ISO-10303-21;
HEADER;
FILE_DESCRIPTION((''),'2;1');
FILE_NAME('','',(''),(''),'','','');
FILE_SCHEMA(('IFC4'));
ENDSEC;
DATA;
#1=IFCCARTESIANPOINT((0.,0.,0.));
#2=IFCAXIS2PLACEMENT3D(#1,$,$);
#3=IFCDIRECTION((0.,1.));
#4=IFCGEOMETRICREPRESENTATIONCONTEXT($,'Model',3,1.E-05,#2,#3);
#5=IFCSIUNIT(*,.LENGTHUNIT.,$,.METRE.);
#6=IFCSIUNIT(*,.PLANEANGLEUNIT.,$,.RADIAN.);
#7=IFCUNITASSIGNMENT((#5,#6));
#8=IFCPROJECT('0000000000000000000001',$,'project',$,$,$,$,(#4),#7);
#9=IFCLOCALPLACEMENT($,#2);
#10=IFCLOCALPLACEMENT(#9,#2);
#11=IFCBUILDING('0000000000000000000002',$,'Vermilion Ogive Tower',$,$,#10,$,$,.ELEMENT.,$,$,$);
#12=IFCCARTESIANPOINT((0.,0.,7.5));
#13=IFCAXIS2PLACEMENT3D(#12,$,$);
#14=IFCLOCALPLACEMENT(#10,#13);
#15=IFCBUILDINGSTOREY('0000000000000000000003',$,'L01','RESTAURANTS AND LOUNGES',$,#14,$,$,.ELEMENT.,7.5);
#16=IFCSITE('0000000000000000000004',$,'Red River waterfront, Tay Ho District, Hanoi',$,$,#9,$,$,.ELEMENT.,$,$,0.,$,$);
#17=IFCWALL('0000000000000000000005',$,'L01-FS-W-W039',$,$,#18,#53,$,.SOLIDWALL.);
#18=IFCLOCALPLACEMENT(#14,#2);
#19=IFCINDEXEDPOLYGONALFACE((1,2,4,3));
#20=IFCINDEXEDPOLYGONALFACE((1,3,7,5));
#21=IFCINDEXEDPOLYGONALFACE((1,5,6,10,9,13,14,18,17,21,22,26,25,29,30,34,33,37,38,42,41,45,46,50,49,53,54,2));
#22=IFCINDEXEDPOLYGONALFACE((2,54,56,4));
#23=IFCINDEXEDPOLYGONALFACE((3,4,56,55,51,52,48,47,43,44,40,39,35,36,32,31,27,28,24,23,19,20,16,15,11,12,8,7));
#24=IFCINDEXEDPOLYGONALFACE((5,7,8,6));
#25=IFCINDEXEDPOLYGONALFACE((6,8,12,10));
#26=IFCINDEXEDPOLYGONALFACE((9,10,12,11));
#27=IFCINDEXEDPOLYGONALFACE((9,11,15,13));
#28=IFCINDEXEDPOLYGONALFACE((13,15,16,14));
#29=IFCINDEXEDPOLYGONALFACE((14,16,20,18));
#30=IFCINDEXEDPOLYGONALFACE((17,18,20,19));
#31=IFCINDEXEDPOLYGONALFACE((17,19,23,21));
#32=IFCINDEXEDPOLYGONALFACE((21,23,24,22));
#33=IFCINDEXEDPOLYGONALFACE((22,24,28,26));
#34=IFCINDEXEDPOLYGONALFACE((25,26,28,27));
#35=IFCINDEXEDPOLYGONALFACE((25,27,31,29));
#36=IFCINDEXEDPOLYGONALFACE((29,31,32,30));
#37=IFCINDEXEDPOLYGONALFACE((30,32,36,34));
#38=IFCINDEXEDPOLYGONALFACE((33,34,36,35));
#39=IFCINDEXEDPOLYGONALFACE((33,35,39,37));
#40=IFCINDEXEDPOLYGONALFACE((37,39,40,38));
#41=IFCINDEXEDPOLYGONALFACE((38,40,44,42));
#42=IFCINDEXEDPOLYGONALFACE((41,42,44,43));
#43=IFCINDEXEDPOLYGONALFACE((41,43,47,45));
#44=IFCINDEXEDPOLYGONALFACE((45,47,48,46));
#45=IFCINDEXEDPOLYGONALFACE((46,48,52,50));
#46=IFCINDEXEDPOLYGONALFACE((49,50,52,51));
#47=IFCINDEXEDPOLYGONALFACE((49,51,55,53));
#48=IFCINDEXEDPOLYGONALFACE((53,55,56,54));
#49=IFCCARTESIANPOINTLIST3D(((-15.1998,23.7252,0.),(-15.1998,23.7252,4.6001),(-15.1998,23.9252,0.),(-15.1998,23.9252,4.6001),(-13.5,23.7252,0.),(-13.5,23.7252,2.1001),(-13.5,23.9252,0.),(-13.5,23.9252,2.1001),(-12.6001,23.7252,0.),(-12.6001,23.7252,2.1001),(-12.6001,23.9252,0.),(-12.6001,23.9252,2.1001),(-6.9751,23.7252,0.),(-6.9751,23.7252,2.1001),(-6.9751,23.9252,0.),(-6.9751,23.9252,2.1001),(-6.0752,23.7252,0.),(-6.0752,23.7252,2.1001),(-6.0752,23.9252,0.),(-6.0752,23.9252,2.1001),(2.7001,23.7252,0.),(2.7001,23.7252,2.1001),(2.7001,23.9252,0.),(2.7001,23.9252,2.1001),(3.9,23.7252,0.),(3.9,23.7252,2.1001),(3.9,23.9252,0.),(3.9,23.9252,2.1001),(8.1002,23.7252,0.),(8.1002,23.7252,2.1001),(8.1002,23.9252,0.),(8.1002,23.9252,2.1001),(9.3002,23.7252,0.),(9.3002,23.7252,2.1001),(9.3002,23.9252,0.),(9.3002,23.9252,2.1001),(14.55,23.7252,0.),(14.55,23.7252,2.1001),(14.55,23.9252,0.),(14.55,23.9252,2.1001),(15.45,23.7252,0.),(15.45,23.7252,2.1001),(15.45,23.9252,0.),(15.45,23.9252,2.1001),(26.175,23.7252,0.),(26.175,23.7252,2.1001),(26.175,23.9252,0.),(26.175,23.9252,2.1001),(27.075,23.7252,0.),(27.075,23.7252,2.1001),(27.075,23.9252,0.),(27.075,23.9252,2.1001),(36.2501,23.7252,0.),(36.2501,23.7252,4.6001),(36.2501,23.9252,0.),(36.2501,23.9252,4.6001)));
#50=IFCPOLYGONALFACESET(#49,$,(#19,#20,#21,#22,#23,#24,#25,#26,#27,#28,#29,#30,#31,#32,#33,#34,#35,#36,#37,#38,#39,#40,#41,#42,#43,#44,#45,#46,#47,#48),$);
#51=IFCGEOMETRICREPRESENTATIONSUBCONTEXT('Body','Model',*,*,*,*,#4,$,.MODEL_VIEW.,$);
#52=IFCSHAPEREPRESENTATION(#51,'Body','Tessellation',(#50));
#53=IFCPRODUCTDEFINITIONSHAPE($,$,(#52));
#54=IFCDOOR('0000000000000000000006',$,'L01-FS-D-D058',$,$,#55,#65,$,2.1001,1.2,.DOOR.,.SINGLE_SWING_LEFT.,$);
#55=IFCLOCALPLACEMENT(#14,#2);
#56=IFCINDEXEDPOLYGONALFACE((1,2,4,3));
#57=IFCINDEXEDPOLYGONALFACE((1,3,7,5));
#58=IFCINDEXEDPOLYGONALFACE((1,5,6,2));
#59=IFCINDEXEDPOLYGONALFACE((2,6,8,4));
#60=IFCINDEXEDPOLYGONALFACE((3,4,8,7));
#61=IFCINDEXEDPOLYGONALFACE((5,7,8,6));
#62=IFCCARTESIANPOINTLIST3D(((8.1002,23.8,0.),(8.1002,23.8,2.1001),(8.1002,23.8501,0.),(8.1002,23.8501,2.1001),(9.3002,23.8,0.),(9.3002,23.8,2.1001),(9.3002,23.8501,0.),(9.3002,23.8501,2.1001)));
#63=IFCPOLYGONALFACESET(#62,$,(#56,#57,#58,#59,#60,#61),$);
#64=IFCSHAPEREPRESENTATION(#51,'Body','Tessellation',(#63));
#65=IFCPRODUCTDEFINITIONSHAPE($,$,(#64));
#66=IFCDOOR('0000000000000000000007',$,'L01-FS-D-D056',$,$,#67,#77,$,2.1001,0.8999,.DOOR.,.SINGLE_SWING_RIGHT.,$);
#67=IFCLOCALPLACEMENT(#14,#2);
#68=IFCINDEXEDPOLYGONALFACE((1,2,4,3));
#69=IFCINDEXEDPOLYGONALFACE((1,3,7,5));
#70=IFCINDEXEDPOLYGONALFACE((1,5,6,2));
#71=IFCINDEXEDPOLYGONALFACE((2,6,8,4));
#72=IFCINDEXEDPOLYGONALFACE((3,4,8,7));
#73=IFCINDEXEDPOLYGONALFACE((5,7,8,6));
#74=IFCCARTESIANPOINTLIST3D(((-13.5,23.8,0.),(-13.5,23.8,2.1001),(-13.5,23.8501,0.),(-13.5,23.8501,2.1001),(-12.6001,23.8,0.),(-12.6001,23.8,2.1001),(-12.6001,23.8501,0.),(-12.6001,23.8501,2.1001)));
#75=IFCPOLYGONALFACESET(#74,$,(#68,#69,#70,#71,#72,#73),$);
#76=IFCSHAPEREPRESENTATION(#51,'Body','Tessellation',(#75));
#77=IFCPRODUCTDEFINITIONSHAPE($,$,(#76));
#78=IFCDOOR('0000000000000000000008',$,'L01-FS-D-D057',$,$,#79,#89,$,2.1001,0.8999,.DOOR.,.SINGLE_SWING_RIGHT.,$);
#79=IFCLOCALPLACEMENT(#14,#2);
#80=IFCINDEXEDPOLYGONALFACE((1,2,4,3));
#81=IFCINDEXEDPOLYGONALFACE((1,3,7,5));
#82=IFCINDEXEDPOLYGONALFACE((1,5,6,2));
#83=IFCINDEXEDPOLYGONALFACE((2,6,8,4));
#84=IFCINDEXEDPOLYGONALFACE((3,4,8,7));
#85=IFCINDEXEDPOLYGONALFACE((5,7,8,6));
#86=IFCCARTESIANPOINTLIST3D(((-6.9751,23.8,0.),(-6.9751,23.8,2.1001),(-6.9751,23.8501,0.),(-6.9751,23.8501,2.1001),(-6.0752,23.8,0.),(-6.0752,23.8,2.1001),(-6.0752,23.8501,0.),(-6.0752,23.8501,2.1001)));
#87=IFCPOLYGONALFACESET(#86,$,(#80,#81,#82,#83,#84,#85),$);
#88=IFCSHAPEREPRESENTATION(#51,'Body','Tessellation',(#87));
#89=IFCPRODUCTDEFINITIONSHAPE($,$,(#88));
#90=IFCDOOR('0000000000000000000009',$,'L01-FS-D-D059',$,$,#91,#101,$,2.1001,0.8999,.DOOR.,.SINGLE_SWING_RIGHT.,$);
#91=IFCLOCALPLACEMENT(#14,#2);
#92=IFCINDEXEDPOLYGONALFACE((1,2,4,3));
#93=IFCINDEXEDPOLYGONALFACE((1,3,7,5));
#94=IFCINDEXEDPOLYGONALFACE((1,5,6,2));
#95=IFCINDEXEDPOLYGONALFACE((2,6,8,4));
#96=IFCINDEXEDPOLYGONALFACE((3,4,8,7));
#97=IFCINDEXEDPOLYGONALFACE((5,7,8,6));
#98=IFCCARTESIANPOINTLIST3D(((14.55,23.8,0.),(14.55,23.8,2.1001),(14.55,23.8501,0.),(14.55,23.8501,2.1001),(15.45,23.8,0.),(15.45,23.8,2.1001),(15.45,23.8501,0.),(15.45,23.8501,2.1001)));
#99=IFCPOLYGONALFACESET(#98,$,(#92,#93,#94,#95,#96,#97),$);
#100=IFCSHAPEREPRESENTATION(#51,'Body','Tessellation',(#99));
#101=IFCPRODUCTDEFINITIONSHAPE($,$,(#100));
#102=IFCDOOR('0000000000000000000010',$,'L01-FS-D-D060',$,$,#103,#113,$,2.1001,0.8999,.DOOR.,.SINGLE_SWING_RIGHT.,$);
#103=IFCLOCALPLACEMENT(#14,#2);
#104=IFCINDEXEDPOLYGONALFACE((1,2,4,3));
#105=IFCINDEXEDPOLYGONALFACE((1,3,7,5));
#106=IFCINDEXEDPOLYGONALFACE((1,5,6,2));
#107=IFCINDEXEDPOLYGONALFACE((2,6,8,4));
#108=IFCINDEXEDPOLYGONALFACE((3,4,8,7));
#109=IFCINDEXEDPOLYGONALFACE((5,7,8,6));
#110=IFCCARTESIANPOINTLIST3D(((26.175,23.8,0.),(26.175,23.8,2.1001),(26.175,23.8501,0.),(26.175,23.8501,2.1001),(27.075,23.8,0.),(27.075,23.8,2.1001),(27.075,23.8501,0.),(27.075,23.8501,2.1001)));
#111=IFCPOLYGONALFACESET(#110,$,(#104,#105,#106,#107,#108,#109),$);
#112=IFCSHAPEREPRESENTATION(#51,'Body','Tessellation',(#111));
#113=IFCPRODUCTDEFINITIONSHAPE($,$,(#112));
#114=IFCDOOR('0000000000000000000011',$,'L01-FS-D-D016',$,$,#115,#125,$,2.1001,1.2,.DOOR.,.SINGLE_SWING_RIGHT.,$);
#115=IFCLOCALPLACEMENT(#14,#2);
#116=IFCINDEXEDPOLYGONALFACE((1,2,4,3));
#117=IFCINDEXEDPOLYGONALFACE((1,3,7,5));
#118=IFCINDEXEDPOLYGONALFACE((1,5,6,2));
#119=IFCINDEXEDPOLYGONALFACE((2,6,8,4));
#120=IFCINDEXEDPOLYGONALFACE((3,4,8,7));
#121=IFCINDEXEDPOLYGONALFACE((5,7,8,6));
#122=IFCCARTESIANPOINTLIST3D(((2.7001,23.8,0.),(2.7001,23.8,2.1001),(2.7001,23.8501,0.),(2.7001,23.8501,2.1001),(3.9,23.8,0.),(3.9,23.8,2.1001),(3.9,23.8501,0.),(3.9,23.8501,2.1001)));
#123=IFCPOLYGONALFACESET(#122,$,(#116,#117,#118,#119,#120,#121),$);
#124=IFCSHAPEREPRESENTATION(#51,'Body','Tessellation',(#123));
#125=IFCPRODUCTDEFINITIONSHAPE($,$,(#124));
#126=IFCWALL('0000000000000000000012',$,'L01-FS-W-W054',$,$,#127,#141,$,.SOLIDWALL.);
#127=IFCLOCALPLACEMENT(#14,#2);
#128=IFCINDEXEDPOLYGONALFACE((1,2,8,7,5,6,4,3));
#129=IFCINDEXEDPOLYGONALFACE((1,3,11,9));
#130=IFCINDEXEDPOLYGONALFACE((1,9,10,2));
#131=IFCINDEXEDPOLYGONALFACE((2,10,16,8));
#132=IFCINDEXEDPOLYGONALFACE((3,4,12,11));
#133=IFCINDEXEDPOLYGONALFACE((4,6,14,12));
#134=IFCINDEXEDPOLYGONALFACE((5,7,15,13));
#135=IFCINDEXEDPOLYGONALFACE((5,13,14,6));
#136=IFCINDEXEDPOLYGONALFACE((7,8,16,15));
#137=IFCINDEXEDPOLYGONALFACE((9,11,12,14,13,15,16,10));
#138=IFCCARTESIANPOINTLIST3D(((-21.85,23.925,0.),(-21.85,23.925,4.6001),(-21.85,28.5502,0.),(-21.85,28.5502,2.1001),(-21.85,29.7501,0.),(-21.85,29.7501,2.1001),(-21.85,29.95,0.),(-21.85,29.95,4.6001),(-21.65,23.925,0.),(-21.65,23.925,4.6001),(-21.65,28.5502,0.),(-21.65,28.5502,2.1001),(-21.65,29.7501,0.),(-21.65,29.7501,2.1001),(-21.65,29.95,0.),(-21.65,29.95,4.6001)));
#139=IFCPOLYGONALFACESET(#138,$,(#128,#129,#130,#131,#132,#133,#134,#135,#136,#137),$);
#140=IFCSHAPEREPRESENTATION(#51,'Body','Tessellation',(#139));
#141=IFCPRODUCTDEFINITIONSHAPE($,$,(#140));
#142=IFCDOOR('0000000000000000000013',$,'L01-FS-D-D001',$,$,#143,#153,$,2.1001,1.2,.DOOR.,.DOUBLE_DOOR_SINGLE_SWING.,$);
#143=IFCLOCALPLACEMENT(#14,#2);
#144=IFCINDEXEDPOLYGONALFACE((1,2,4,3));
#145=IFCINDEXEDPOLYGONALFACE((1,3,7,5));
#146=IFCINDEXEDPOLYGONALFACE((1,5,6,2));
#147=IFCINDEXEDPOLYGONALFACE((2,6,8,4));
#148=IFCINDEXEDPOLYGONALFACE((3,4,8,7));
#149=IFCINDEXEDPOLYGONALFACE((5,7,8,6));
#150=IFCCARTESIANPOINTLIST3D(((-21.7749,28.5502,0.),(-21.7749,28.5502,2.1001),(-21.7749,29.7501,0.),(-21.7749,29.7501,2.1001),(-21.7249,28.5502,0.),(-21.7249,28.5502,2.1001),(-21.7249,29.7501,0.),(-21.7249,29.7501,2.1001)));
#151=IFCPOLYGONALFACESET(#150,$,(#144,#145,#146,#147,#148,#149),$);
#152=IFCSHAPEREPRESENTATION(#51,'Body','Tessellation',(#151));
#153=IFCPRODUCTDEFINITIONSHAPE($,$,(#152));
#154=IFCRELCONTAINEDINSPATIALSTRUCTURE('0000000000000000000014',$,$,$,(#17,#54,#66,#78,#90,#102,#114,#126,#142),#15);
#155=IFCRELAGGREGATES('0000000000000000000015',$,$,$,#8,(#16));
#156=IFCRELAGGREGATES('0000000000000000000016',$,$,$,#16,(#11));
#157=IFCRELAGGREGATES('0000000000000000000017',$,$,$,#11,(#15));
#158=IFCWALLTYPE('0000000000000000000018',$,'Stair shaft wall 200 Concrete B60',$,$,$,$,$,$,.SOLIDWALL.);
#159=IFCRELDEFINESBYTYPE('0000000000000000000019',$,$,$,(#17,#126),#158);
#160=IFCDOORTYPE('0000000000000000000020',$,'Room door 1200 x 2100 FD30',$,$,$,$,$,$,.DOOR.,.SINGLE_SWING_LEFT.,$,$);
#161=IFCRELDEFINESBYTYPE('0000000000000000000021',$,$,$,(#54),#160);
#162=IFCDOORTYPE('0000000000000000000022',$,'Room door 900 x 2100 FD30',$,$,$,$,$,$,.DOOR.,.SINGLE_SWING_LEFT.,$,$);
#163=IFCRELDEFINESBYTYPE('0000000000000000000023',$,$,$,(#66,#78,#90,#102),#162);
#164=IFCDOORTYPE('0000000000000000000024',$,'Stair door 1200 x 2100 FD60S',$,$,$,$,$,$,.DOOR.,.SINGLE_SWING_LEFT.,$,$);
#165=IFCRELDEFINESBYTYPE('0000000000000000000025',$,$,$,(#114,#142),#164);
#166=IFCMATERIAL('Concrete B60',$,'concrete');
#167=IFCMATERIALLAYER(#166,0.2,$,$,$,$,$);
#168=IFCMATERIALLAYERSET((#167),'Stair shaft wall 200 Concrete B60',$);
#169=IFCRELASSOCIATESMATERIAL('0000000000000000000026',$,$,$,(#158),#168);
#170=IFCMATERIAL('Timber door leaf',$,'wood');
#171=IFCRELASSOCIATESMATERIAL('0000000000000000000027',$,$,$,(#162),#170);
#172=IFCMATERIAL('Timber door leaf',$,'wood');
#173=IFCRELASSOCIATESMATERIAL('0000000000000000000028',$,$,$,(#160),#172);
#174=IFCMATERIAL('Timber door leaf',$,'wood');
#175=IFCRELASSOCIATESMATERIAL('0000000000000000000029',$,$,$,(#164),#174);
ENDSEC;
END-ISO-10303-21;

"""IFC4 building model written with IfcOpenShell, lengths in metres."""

from ifc_helpers import new_model, si_unit, direction, frame, frame_2d, origin, place, context, subcontext, project, spatial, rectangle, extrude, material, layer, layer_set, type_object, element, fill, save


model = new_model("IFC4")

# Units and contexts
model_context = context("Model", 3, precision=1e-05, world=origin(), true_north=direction((0.0, 1.0)))
body_context = subcontext(model_context, "Body", "Model", "MODEL_VIEW")
ifc_project = project(units=[si_unit("LENGTHUNIT", "METRE"), si_unit("PLANEANGLEUNIT", "RADIAN")], contexts=[model_context])

# Site, building, storey
site_placement = place(None, origin())
site = spatial("IfcSite", under=ifc_project, at=site_placement, Name="Red River waterfront, Tay Ho District, Hanoi", CompositionType="ELEMENT", RefElevation=0.0)
building_placement = place(site_placement, origin())
building = spatial("IfcBuilding", under=site, at=building_placement, Name="Vermilion Ogive Tower", CompositionType="ELEMENT")
storey_placement = place(building_placement, frame((0.0, 0.0, 7.5)))
storey = spatial("IfcBuildingStorey", under=building, at=storey_placement, Name="L01", Description="RESTAURANTS AND LOUNGES", CompositionType="ELEMENT", Elevation=7.5)

# Shared definitions
ifc_material_1 = material(Name="Concrete B60", Category="concrete")
ifc_layer_1 = layer(ifc_material_1, 0.2)
ifc_layer_set_1 = layer_set([ifc_layer_1], Name="Stair shaft wall 200 Concrete B60")
wall_type_1 = type_object("IfcWallType", Name="Stair shaft wall 200 Concrete B60", PredefinedType="SOLIDWALL", material=ifc_layer_set_1)

# Shared definitions
ifc_material_2 = material(Name="Timber door leaf", Category="wood")
door_type_1 = type_object("IfcDoorType", Name="Room door 900 x 2100 FD30", OperationType="SINGLE_SWING_LEFT", PredefinedType="DOOR", material=ifc_material_2)

# Wall, openings, doors
wall_1_placement = place(storey_placement, frame((-15.2, 23.8252, 0.0), z_axis=(0.0, 0.0, 1.0), x_axis=(1.0, 0.0, 0.0)))
wall_1 = element("IfcWall", 1, at=wall_1_placement, inside=storey, type_object=wall_type_1, Name="L01-FS-W-W039", PredefinedType="SOLIDWALL", context=body_context, shape_type="SweptSolid", body=[
    extrude(rectangle(XDim=51.45, YDim=0.2, at=frame_2d((25.7251, 0.0))), origin(), (0.0, 0.0, 1.0), 4.6001),
])
opening_1_placement = place(wall_1_placement, frame((17.8999, 0.0, 0.0)))
opening_1 = element("IfcOpeningElement", 2, at=opening_1_placement, cuts=wall_1, PredefinedType="OPENING", context=body_context, shape_type="SweptSolid", body=[
    extrude(rectangle(XDim=1.2, YDim=2.1001, at=frame_2d((0.6001, 1.05))), frame((0.0, 0.1099, 0.0), z_axis=(0.0, -1.0, 0.0), x_axis=(1.0, 0.0, 0.0)), (0.0, 0.0, 1.0), 0.22),
])
opening_2_placement = place(wall_1_placement, frame((1.7, 0.0, 0.0)))
opening_2 = element("IfcOpeningElement", 3, at=opening_2_placement, cuts=wall_1, PredefinedType="OPENING", context=body_context, shape_type="SweptSolid", body=[
    extrude(rectangle(XDim=0.8999, YDim=2.1001, at=frame_2d((0.45, 1.05))), frame((0.0, 0.1099, 0.0), z_axis=(0.0, -1.0, 0.0), x_axis=(1.0, 0.0, 0.0)), (0.0, 0.0, 1.0), 0.22),
])
opening_3_placement = place(wall_1_placement, frame((8.2249, 0.0, 0.0)))
opening_3 = element("IfcOpeningElement", 4, at=opening_3_placement, cuts=wall_1, PredefinedType="OPENING", context=body_context, shape_type="SweptSolid", body=[
    extrude(rectangle(XDim=0.8999, YDim=2.1001, at=frame_2d((0.45, 1.05))), frame((0.0, 0.1099, 0.0), z_axis=(0.0, -1.0, 0.0), x_axis=(1.0, 0.0, 0.0)), (0.0, 0.0, 1.0), 0.22),
])
opening_4_placement = place(wall_1_placement, frame((23.3, 0.0, 0.0)))
opening_4 = element("IfcOpeningElement", 5, at=opening_4_placement, cuts=wall_1, PredefinedType="OPENING", context=body_context, shape_type="SweptSolid", body=[
    extrude(rectangle(XDim=1.2, YDim=2.1001, at=frame_2d((0.6001, 1.05))), frame((0.0, 0.1099, 0.0), z_axis=(0.0, -1.0, 0.0), x_axis=(1.0, 0.0, 0.0)), (0.0, 0.0, 1.0), 0.22),
])
opening_5_placement = place(wall_1_placement, frame((29.75, 0.0, 0.0)))
opening_5 = element("IfcOpeningElement", 6, at=opening_5_placement, cuts=wall_1, PredefinedType="OPENING", context=body_context, shape_type="SweptSolid", body=[
    extrude(rectangle(XDim=0.8999, YDim=2.1001, at=frame_2d((0.45, 1.05))), frame((0.0, 0.1099, 0.0), z_axis=(0.0, -1.0, 0.0), x_axis=(1.0, 0.0, 0.0)), (0.0, 0.0, 1.0), 0.22),
])
opening_6_placement = place(wall_1_placement, frame((41.375, 0.0, 0.0)))
opening_6 = element("IfcOpeningElement", 7, at=opening_6_placement, cuts=wall_1, PredefinedType="OPENING", context=body_context, shape_type="SweptSolid", body=[
    extrude(rectangle(XDim=0.8999, YDim=2.1001, at=frame_2d((0.45, 1.05))), frame((0.0, 0.1099, 0.0), z_axis=(0.0, -1.0, 0.0), x_axis=(1.0, 0.0, 0.0)), (0.0, 0.0, 1.0), 0.22),
])
ifc_material_3 = material(Name="Timber door leaf", Category="wood")
door_type_2 = type_object("IfcDoorType", Name="Room door 1200 x 2100 FD30", OperationType="SINGLE_SWING_LEFT", PredefinedType="DOOR", material=ifc_material_3)
door_1_placement = place(opening_4_placement, origin())
door_1 = element("IfcDoor", 8, at=door_1_placement, inside=storey, type_object=door_type_2, Name="L01-FS-D-D058", OperationType="SINGLE_SWING_LEFT", OverallHeight=2.1001, OverallWidth=1.2, PredefinedType="DOOR", context=body_context, shape_type="SweptSolid", body=[
    extrude(rectangle(XDim=1.2, YDim=2.1001, at=frame_2d((0.6001, 1.05))), frame((0.0, 0.0249, 0.0), z_axis=(0.0, -1.0, 0.0), x_axis=(1.0, 0.0, 0.0)), (0.0, 0.0, 1.0), 0.05),
])
fill(opening_4, door_1)
door_2_placement = place(opening_2_placement, origin())
door_2 = element("IfcDoor", 9, at=door_2_placement, inside=storey, type_object=door_type_1, Name="L01-FS-D-D056", OperationType="SINGLE_SWING_RIGHT", OverallHeight=2.1001, OverallWidth=0.8999, PredefinedType="DOOR", context=body_context, shape_type="SweptSolid", body=[
    extrude(rectangle(XDim=0.8999, YDim=2.1001, at=frame_2d((0.45, 1.05))), frame((0.0, 0.0249, 0.0), z_axis=(0.0, -1.0, 0.0), x_axis=(1.0, 0.0, 0.0)), (0.0, 0.0, 1.0), 0.05),
])
fill(opening_2, door_2)
door_3_placement = place(opening_3_placement, origin())
door_3 = element("IfcDoor", 10, at=door_3_placement, inside=storey, type_object=door_type_1, Name="L01-FS-D-D057", OperationType="SINGLE_SWING_RIGHT", OverallHeight=2.1001, OverallWidth=0.8999, PredefinedType="DOOR", context=body_context, shape_type="SweptSolid", body=[
    extrude(rectangle(XDim=0.8999, YDim=2.1001, at=frame_2d((0.45, 1.05))), frame((0.0, 0.0249, 0.0), z_axis=(0.0, -1.0, 0.0), x_axis=(1.0, 0.0, 0.0)), (0.0, 0.0, 1.0), 0.05),
])
fill(opening_3, door_3)
door_4_placement = place(opening_5_placement, origin())
door_4 = element("IfcDoor", 11, at=door_4_placement, inside=storey, type_object=door_type_1, Name="L01-FS-D-D059", OperationType="SINGLE_SWING_RIGHT", OverallHeight=2.1001, OverallWidth=0.8999, PredefinedType="DOOR", context=body_context, shape_type="SweptSolid", body=[
    extrude(rectangle(XDim=0.8999, YDim=2.1001, at=frame_2d((0.45, 1.05))), frame((0.0, 0.0249, 0.0), z_axis=(0.0, -1.0, 0.0), x_axis=(1.0, 0.0, 0.0)), (0.0, 0.0, 1.0), 0.05),
])
fill(opening_5, door_4)
door_5_placement = place(opening_6_placement, origin())
door_5 = element("IfcDoor", 12, at=door_5_placement, inside=storey, type_object=door_type_1, Name="L01-FS-D-D060", OperationType="SINGLE_SWING_RIGHT", OverallHeight=2.1001, OverallWidth=0.8999, PredefinedType="DOOR", context=body_context, shape_type="SweptSolid", body=[
    extrude(rectangle(XDim=0.8999, YDim=2.1001, at=frame_2d((0.45, 1.05))), frame((0.0, 0.0249, 0.0), z_axis=(0.0, -1.0, 0.0), x_axis=(1.0, 0.0, 0.0)), (0.0, 0.0, 1.0), 0.05),
])
fill(opening_6, door_5)
ifc_material_4 = material(Name="Timber door leaf", Category="wood")
door_type_3 = type_object("IfcDoorType", Name="Stair door 1200 x 2100 FD60S", OperationType="SINGLE_SWING_LEFT", PredefinedType="DOOR", material=ifc_material_4)
door_6_placement = place(opening_1_placement, origin())
door_6 = element("IfcDoor", 13, at=door_6_placement, inside=storey, type_object=door_type_3, Name="L01-FS-D-D016", OperationType="SINGLE_SWING_RIGHT", OverallHeight=2.1001, OverallWidth=1.2, PredefinedType="DOOR", context=body_context, shape_type="SweptSolid", body=[
    extrude(rectangle(XDim=1.2, YDim=2.1001, at=frame_2d((0.6001, 1.05))), frame((0.0, 0.0249, 0.0), z_axis=(0.0, -1.0, 0.0), x_axis=(1.0, 0.0, 0.0)), (0.0, 0.0, 1.0), 0.05),
])
fill(opening_1, door_6)

# Wall, opening, door
wall_2_placement = place(storey_placement, frame((-21.75, 23.925, 0.0), z_axis=(0.0, 0.0, 1.0), x_axis=(0.0, 1.0, 0.0)))
wall_2 = element("IfcWall", 14, at=wall_2_placement, inside=storey, type_object=wall_type_1, Name="L01-FS-W-W054", PredefinedType="SOLIDWALL", context=body_context, shape_type="SweptSolid", body=[
    extrude(rectangle(XDim=6.0249, YDim=0.2, at=frame_2d((3.0125, 0.0))), origin(), (0.0, 0.0, 1.0), 4.6001),
])
opening_7_placement = place(wall_2_placement, frame((4.625, 0.0, 0.0)))
opening_7 = element("IfcOpeningElement", 15, at=opening_7_placement, cuts=wall_2, PredefinedType="OPENING", context=body_context, shape_type="SweptSolid", body=[
    extrude(rectangle(XDim=1.2, YDim=2.1001, at=frame_2d((0.6001, 1.05))), frame((0.0, 0.1099, 0.0), z_axis=(0.0, -1.0, 0.0), x_axis=(1.0, 0.0, 0.0)), (0.0, 0.0, 1.0), 0.22),
])
door_7_placement = place(opening_7_placement, origin())
door_7 = element("IfcDoor", 16, at=door_7_placement, inside=storey, type_object=door_type_3, Name="L01-FS-D-D001", OperationType="DOUBLE_DOOR_SINGLE_SWING", OverallHeight=2.1001, OverallWidth=1.2, PredefinedType="DOOR", context=body_context, shape_type="SweptSolid", body=[
    extrude(rectangle(XDim=1.2, YDim=2.1001, at=frame_2d((0.6001, 1.05))), frame((0.0, 0.0249, 0.0), z_axis=(0.0, -1.0, 0.0), x_axis=(1.0, 0.0, 0.0)), (0.0, 0.0, 1.0), 0.05),
])
fill(opening_7, door_7)

save(model, "model.ifc")
